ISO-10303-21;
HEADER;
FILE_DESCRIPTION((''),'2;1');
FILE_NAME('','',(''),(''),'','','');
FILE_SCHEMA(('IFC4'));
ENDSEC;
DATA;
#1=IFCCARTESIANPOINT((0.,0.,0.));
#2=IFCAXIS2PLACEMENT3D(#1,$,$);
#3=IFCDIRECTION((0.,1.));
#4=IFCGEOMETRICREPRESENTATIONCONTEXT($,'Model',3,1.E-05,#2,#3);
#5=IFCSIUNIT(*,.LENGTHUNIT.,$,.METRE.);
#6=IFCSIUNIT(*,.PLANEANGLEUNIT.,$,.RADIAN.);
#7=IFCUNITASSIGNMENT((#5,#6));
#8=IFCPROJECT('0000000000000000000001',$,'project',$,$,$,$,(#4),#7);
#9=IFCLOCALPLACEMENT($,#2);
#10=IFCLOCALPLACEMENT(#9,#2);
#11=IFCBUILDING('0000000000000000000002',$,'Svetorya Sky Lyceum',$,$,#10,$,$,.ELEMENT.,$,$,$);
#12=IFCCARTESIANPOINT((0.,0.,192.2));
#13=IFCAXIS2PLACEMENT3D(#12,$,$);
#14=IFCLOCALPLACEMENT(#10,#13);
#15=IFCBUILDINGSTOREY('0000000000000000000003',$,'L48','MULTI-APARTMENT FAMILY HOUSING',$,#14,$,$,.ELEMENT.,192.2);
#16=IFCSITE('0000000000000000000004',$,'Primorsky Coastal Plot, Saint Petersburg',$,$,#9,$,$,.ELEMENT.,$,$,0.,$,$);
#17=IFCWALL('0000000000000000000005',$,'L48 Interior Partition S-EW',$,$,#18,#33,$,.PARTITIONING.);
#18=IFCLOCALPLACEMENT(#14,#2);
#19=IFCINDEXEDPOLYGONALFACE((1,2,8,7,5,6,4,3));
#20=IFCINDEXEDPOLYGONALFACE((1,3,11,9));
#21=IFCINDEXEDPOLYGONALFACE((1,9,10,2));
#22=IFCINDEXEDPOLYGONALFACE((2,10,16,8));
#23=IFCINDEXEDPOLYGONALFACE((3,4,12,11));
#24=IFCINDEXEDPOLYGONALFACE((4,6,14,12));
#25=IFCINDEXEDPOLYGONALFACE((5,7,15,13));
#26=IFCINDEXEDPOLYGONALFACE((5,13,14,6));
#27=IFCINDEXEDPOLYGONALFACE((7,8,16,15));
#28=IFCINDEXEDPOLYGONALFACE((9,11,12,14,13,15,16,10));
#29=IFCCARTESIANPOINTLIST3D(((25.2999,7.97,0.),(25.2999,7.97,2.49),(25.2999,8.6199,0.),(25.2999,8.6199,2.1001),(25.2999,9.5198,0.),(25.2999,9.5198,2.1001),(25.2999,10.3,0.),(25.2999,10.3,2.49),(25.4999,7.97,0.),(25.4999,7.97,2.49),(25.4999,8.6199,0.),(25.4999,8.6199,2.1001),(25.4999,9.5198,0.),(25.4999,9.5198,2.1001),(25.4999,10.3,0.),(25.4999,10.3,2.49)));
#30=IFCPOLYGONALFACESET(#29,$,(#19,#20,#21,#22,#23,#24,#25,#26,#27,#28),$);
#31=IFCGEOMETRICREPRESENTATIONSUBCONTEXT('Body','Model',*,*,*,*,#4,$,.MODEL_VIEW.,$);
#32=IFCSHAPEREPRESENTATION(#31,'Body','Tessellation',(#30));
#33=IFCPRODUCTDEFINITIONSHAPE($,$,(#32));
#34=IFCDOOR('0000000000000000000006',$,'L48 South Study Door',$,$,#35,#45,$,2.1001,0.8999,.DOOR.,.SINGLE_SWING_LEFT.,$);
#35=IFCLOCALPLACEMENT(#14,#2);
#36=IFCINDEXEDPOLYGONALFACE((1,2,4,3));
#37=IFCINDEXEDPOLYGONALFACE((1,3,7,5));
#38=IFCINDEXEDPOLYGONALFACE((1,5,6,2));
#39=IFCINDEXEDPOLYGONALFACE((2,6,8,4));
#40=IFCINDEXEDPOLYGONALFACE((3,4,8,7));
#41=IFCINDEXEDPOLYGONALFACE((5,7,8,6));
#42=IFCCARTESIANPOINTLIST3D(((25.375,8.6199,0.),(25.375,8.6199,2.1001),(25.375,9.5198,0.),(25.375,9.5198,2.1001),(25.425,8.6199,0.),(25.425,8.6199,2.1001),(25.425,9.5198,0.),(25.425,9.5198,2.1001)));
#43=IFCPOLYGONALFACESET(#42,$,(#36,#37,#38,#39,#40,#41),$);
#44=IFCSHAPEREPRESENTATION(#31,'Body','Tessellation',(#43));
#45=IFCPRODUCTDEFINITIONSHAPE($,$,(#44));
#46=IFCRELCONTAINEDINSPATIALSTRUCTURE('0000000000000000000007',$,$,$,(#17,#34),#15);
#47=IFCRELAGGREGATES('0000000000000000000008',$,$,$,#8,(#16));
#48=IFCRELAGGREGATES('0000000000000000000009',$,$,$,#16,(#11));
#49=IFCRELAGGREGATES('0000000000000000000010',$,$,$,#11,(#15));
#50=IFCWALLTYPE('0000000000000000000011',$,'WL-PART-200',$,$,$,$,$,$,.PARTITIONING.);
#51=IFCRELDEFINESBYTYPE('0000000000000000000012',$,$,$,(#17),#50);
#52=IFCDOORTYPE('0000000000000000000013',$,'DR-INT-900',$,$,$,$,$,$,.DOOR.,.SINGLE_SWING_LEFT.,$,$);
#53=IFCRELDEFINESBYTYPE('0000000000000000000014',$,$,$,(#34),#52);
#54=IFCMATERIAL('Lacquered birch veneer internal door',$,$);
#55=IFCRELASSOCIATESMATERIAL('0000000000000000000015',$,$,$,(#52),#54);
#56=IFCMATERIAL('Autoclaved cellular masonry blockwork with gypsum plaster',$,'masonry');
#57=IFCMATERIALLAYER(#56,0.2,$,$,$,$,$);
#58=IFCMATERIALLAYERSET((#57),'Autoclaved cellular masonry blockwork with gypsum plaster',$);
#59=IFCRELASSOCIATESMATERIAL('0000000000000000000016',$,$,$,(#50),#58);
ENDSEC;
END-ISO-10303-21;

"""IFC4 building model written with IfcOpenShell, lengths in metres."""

from ifc_helpers import new_model, si_unit, direction, frame, frame_2d, origin, place, context, subcontext, project, spatial, rectangle, extrude, material, layer, layer_set, type_object, element, fill, save


model = new_model("IFC4")

# Units and contexts
model_context = context("Model", 3, precision=1e-05, world=origin(), true_north=direction((0.0, 1.0)))
body_context = subcontext(model_context, "Body", "Model", "MODEL_VIEW")
ifc_project = project(units=[si_unit("LENGTHUNIT", "METRE"), si_unit("PLANEANGLEUNIT", "RADIAN")], contexts=[model_context])

# Site, building, storey
site_placement = place(None, origin())
site = spatial("IfcSite", under=ifc_project, at=site_placement, Name="Primorsky Coastal Plot, Saint Petersburg", CompositionType="ELEMENT", RefElevation=0.0)
building_placement = place(site_placement, origin())
building = spatial("IfcBuilding", under=site, at=building_placement, Name="Svetorya Sky Lyceum", CompositionType="ELEMENT")
storey_placement = place(building_placement, frame((0.0, 0.0, 192.2)))
storey = spatial("IfcBuildingStorey", under=building, at=storey_placement, Name="L48", Description="MULTI-APARTMENT FAMILY HOUSING", CompositionType="ELEMENT", Elevation=192.2)

# Shared definitions
ifc_material_1 = material(Name="Lacquered birch veneer internal door")
door_type_1 = type_object("IfcDoorType", Name="DR-INT-900", OperationType="SINGLE_SWING_LEFT", PredefinedType="DOOR", material=ifc_material_1)

# Shared definitions
ifc_material_2 = material(Name="Autoclaved cellular masonry blockwork with gypsum plaster", Category="masonry")
ifc_layer_1 = layer(ifc_material_2, 0.2)
ifc_layer_set_1 = layer_set([ifc_layer_1], Name="Autoclaved cellular masonry blockwork with gypsum plaster")
wall_type_1 = type_object("IfcWallType", Name="WL-PART-200", PredefinedType="PARTITIONING", material=ifc_layer_set_1)

# Wall, opening, door
wall_1_placement = place(storey_placement, frame((25.3999, 7.97, 0.0), z_axis=(0.0, 0.0, 1.0), x_axis=(0.0, 1.0, 0.0)))
wall_1 = element("IfcWall", 1, at=wall_1_placement, inside=storey, type_object=wall_type_1, Name="L48 Interior Partition S-EW", PredefinedType="PARTITIONING", context=body_context, shape_type="SweptSolid", body=[
    extrude(rectangle(XDim=2.3301, YDim=0.2, at=frame_2d((1.165, 0.0))), origin(), (0.0, 0.0, 1.0), 2.49),
])
opening_1_placement = place(wall_1_placement, frame((0.6499, 0.0, 0.0)))
opening_1 = element("IfcOpeningElement", 2, at=opening_1_placement, cuts=wall_1, PredefinedType="OPENING", context=body_context, shape_type="SweptSolid", body=[
    extrude(rectangle(XDim=0.8999, YDim=2.1001, at=frame_2d((0.45, 1.05))), frame((0.0, 0.1099, 0.0), z_axis=(0.0, -1.0, 0.0), x_axis=(1.0, 0.0, 0.0)), (0.0, 0.0, 1.0), 0.22),
])
door_1_placement = place(opening_1_placement, origin())
door_1 = element("IfcDoor", 3, at=door_1_placement, inside=storey, type_object=door_type_1, Name="L48 South Study Door", OperationType="SINGLE_SWING_LEFT", OverallHeight=2.1001, OverallWidth=0.8999, PredefinedType="DOOR", context=body_context, shape_type="SweptSolid", body=[
    extrude(rectangle(XDim=0.8999, YDim=2.1001, at=frame_2d((0.45, 1.05))), frame((0.0, 0.0249, 0.0), z_axis=(0.0, -1.0, 0.0), x_axis=(1.0, 0.0, 0.0)), (0.0, 0.0, 1.0), 0.05),
])
fill(opening_1, door_1)

save(model, "model.ifc")
